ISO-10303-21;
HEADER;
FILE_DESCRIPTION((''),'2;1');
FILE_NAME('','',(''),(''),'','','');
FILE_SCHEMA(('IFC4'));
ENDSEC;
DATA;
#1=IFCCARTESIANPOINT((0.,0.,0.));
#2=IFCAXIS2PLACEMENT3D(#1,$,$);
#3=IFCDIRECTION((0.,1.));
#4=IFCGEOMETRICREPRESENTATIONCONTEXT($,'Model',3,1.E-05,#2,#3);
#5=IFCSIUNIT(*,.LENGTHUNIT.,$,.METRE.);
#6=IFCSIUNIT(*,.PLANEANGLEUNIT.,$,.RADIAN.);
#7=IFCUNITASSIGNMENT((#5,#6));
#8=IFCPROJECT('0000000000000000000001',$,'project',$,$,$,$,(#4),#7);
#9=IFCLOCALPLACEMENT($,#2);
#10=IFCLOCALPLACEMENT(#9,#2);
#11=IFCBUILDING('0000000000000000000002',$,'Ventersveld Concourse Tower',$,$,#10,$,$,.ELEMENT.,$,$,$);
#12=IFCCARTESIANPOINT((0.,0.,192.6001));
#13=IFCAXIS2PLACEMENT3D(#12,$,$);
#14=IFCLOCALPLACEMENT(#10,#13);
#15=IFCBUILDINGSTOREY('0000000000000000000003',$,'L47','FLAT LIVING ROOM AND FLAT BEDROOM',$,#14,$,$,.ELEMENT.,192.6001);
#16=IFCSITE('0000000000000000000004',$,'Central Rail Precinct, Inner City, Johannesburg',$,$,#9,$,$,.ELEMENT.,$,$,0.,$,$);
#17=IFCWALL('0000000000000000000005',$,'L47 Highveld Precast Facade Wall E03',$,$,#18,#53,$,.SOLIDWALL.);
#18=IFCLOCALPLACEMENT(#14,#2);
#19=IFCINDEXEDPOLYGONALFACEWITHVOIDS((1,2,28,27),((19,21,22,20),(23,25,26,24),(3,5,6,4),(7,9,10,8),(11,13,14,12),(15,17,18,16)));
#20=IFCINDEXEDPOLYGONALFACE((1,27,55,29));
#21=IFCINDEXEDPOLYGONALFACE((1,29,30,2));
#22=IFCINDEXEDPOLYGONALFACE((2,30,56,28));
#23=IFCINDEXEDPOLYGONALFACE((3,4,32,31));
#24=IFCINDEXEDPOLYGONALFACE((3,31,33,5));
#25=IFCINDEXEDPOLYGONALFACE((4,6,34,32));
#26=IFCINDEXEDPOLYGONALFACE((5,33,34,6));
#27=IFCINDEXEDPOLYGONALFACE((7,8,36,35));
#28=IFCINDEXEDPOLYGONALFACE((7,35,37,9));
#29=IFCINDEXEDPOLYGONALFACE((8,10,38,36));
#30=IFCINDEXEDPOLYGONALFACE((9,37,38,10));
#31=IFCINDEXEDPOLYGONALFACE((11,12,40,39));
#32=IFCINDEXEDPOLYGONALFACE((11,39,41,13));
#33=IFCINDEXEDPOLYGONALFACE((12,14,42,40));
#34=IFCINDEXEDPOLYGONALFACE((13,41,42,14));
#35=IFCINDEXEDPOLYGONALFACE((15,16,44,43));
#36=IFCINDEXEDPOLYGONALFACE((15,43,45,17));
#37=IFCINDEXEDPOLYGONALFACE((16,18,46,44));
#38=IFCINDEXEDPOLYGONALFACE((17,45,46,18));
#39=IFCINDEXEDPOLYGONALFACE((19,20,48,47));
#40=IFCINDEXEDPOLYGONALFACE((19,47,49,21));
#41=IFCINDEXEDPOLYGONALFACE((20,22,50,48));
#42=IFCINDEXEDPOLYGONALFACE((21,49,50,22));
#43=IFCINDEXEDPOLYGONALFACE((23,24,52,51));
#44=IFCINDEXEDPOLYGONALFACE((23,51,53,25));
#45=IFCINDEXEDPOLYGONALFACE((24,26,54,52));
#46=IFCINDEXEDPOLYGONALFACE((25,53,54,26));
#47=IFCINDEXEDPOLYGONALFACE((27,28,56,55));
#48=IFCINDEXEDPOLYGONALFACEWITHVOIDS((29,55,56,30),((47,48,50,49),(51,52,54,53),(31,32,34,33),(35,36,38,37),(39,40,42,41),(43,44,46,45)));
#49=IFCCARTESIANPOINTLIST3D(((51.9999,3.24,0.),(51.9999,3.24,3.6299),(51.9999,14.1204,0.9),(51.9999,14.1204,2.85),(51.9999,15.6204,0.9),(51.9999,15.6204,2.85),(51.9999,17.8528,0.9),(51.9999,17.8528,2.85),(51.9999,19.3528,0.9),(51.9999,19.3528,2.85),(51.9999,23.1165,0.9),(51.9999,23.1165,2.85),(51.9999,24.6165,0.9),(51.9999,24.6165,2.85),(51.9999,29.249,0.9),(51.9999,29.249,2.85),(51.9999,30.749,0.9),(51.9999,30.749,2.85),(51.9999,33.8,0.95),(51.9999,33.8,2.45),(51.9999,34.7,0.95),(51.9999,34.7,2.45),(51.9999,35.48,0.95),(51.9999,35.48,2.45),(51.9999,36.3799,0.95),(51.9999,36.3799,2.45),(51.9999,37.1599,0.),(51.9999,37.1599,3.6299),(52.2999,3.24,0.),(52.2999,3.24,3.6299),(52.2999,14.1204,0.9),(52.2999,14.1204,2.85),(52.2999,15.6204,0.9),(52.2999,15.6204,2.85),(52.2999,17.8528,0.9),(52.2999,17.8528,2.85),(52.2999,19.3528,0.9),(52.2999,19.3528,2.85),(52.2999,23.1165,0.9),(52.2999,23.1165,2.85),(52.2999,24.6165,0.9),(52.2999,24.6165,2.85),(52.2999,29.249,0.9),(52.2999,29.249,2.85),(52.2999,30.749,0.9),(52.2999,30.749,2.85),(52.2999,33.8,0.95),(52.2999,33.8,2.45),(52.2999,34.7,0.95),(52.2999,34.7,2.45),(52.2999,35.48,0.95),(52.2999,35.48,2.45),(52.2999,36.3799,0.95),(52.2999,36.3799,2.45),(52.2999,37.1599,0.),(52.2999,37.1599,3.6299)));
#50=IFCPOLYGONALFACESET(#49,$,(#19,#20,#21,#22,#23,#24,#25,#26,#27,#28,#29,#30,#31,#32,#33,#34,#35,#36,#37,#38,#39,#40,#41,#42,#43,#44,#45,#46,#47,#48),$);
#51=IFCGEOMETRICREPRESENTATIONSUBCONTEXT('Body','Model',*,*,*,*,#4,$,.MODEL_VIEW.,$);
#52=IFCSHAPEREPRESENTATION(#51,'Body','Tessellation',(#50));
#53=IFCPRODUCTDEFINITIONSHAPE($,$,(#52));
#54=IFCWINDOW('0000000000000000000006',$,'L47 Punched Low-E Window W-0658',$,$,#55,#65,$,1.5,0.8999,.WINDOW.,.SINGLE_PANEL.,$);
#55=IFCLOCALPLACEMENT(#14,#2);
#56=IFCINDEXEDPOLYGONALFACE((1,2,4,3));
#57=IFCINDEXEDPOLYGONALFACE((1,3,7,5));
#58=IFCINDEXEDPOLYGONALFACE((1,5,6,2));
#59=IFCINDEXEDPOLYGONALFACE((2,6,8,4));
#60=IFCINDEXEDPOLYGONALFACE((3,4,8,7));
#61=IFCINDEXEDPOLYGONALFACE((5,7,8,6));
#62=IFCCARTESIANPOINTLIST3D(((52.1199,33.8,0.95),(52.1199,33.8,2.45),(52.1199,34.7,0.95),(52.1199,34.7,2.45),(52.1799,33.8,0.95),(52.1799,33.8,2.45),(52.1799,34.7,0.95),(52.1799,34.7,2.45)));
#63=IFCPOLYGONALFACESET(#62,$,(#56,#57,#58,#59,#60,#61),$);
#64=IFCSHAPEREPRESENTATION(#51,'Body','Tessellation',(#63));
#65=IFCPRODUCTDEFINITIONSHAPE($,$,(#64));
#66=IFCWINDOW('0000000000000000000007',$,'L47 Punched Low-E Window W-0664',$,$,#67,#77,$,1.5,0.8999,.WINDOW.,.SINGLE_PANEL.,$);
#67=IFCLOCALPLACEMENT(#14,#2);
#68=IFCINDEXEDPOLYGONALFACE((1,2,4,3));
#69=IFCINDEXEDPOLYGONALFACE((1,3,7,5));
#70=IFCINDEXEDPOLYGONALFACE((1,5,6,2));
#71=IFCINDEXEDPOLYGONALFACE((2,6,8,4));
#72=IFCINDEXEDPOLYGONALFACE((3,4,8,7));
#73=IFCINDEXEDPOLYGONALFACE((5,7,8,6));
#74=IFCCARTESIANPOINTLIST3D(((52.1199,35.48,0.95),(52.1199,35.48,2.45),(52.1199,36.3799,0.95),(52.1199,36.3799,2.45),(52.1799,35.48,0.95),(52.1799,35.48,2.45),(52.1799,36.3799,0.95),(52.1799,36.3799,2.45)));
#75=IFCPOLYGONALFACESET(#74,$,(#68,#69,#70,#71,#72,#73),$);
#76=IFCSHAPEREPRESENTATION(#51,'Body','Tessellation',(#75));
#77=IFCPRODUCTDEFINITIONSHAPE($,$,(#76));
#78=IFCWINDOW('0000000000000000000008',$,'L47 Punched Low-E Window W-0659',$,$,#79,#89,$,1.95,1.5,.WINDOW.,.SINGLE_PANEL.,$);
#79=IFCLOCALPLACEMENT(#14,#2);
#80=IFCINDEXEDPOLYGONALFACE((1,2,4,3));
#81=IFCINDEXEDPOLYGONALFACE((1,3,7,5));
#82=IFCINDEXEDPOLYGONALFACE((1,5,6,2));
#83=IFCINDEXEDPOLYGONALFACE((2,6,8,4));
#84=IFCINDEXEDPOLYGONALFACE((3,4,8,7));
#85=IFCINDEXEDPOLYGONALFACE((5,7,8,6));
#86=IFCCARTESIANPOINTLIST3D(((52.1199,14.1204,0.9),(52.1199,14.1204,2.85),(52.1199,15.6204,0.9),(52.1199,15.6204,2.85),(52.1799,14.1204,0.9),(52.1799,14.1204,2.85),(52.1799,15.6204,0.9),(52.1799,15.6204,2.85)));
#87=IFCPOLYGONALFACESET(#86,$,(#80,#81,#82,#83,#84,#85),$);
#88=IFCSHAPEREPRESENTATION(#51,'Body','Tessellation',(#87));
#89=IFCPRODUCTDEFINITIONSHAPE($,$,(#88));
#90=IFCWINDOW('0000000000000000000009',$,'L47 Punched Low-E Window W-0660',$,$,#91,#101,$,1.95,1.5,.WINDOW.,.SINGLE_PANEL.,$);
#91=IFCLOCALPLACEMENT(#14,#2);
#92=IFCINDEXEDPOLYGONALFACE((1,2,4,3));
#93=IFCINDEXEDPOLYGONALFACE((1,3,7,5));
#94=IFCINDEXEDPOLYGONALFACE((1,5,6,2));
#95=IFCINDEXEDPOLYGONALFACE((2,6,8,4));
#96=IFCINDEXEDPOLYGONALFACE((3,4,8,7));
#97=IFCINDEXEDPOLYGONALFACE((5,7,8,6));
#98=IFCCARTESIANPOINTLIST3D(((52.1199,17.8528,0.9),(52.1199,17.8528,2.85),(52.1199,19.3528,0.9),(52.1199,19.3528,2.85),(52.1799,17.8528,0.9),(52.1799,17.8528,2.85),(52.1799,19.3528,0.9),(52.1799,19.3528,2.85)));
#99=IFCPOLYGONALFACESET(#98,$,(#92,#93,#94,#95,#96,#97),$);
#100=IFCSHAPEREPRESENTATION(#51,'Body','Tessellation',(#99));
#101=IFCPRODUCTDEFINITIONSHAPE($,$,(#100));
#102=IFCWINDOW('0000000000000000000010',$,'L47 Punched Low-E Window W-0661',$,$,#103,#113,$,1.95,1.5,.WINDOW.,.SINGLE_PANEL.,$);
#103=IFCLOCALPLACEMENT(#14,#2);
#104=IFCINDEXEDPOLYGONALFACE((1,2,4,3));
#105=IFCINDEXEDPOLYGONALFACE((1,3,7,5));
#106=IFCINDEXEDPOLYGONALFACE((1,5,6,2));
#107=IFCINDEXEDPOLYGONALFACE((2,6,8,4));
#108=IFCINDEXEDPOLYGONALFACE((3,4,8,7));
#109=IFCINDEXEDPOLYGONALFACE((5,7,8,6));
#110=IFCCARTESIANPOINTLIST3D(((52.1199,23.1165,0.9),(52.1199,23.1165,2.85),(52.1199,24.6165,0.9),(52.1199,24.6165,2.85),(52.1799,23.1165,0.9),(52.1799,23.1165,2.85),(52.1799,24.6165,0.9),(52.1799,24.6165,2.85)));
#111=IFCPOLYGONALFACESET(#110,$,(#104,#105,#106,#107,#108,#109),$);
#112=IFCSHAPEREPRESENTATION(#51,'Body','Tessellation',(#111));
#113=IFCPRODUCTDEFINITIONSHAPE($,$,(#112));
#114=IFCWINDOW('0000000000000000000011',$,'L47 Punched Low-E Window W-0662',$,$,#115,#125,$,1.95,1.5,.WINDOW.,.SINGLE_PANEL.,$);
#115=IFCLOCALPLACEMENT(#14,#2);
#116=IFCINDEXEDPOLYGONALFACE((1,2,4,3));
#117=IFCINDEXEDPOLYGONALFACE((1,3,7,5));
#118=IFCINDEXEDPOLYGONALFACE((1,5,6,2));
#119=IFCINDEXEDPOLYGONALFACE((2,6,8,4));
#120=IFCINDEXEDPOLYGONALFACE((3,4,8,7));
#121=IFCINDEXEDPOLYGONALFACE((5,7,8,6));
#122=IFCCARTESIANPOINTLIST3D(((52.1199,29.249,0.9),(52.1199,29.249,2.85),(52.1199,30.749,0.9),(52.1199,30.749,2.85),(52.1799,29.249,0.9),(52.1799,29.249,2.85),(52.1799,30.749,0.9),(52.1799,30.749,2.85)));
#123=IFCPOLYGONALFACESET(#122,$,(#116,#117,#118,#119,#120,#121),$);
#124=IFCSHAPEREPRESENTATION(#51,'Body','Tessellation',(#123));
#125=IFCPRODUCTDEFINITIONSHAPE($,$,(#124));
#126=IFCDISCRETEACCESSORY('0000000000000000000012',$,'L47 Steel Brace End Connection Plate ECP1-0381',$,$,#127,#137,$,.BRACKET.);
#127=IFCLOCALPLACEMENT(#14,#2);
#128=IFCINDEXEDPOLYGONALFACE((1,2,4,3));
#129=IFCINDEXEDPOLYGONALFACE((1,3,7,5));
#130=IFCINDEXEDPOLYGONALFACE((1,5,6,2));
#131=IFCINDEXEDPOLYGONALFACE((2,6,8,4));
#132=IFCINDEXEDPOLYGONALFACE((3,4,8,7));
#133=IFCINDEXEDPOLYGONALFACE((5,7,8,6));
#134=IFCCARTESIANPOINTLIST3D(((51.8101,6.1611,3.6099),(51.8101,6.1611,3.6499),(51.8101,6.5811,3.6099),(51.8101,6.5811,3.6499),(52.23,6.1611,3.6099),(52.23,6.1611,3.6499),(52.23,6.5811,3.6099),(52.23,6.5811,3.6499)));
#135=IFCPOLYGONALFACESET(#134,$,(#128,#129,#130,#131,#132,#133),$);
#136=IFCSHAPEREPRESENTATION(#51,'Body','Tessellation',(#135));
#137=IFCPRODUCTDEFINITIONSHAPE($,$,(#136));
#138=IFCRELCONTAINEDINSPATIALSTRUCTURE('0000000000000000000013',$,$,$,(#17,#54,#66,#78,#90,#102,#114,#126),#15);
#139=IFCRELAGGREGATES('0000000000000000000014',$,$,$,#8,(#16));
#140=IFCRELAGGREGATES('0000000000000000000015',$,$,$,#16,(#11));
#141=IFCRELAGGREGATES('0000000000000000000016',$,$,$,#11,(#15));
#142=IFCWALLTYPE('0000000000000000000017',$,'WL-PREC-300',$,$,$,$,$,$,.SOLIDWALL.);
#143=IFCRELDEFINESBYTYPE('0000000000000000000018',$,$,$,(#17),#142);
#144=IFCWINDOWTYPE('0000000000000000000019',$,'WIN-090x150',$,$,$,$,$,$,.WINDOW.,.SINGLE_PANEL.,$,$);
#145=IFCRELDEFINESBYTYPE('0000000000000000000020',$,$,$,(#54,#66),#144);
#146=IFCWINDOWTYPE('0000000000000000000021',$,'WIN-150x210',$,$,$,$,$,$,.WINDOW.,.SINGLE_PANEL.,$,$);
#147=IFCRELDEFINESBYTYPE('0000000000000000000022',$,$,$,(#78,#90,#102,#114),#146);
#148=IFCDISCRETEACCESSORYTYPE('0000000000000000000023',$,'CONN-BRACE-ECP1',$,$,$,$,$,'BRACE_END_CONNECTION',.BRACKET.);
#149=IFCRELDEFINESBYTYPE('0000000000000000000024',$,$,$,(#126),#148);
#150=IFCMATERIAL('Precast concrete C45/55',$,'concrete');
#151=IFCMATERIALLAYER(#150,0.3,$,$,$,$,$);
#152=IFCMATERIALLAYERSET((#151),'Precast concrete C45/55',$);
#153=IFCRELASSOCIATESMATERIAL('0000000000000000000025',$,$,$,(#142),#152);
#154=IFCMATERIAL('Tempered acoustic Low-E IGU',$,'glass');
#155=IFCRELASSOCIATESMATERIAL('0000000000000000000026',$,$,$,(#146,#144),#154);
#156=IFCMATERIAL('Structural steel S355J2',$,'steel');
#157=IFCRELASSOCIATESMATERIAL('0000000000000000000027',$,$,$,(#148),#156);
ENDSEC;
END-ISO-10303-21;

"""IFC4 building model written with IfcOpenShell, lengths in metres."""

from ifc_helpers import new_model, si_unit, direction, frame, frame_2d, origin, origin_2d, place, context, subcontext, project, spatial, rectangle, extrude, material, layer, layer_set, type_object, element, fill, save


model = new_model("IFC4")

# Units and contexts
model_context = context("Model", 3, precision=1e-05, world=origin(), true_north=direction((0.0, 1.0)))
body_context = subcontext(model_context, "Body", "Model", "MODEL_VIEW")
ifc_project = project(units=[si_unit("LENGTHUNIT", "METRE"), si_unit("PLANEANGLEUNIT", "RADIAN")], contexts=[model_context])

# Site, building, storey
site_placement = place(None, origin())
site = spatial("IfcSite", under=ifc_project, at=site_placement, Name="Central Rail Precinct, Inner City, Johannesburg", CompositionType="ELEMENT", RefElevation=0.0)
building_placement = place(site_placement, origin())
building = spatial("IfcBuilding", under=site, at=building_placement, Name="Ventersveld Concourse Tower", CompositionType="ELEMENT")
storey_placement = place(building_placement, frame((0.0, 0.0, 192.6001)))
storey = spatial("IfcBuildingStorey", under=building, at=storey_placement, Name="L47", Description="FLAT LIVING ROOM AND FLAT BEDROOM", CompositionType="ELEMENT", Elevation=192.6001)

# Shared definitions
ifc_material_1 = material(Name="Structural steel S355J2", Category="steel")

# Shared definitions
ifc_material_2 = material(Name="Precast concrete C45/55", Category="concrete")
ifc_layer_1 = layer(ifc_material_2, 0.3)
ifc_layer_set_1 = layer_set([ifc_layer_1], Name="Precast concrete C45/55")
wall_type_1 = type_object("IfcWallType", Name="WL-PREC-300", PredefinedType="SOLIDWALL", material=ifc_layer_set_1)
ifc_material_3 = material(Name="Tempered acoustic Low-E IGU", Category="glass")
window_type_1 = type_object("IfcWindowType", Name="WIN-150x210", PartitioningType="SINGLE_PANEL", PredefinedType="WINDOW", material=ifc_material_3)

# Wall, openings, windows
wall_1_placement = place(storey_placement, frame((52.1499, 3.24, 0.0), z_axis=(0.0, 0.0, 1.0), x_axis=(0.0, 1.0, 0.0)))
wall_1 = element("IfcWall", 1, at=wall_1_placement, inside=storey, type_object=wall_type_1, Name="L47 Highveld Precast Facade Wall E03", PredefinedType="SOLIDWALL", context=body_context, shape_type="SweptSolid", body=[
    extrude(rectangle(XDim=33.9199, YDim=0.3, at=frame_2d((16.96, 0.0))), origin(), (0.0, 0.0, 1.0), 3.6299),
])
opening_1_placement = place(wall_1_placement, frame((30.5601, 0.0, 0.95)))
opening_1 = element("IfcOpeningElement", 2, at=opening_1_placement, cuts=wall_1, PredefinedType="OPENING", context=body_context, shape_type="SweptSolid", body=[
    extrude(rectangle(XDim=0.8999, YDim=1.5, at=frame_2d((0.45, 0.75))), frame((0.0, 0.1602, 0.0), z_axis=(0.0, -1.0, 0.0), x_axis=(1.0, 0.0, 0.0)), (0.0, 0.0, 1.0), 0.3201),
])
opening_2_placement = place(wall_1_placement, frame((10.8804, 0.0, 0.8999)))
opening_2 = element("IfcOpeningElement", 3, at=opening_2_placement, cuts=wall_1, PredefinedType="OPENING", context=body_context, shape_type="SweptSolid", body=[
    extrude(rectangle(XDim=1.5, YDim=1.95, at=frame_2d((0.75, 0.9751))), frame((0.0, 0.1602, 0.0), z_axis=(0.0, -1.0, 0.0), x_axis=(1.0, 0.0, 0.0)), (0.0, 0.0, 1.0), 0.3201),
])
opening_3_placement = place(wall_1_placement, frame((14.6128, 0.0, 0.8999)))
opening_3 = element("IfcOpeningElement", 4, at=opening_3_placement, cuts=wall_1, PredefinedType="OPENING", context=body_context, shape_type="SweptSolid", body=[
    extrude(rectangle(XDim=1.5, YDim=1.95, at=frame_2d((0.75, 0.9751))), frame((0.0, 0.1602, 0.0), z_axis=(0.0, -1.0, 0.0), x_axis=(1.0, 0.0, 0.0)), (0.0, 0.0, 1.0), 0.3201),
])
opening_4_placement = place(wall_1_placement, frame((19.8765, 0.0, 0.8999)))
opening_4 = element("IfcOpeningElement", 5, at=opening_4_placement, cuts=wall_1, PredefinedType="OPENING", context=body_context, shape_type="SweptSolid", body=[
    extrude(rectangle(XDim=1.5, YDim=1.95, at=frame_2d((0.75, 0.9751))), frame((0.0, 0.1602, 0.0), z_axis=(0.0, -1.0, 0.0), x_axis=(1.0, 0.0, 0.0)), (0.0, 0.0, 1.0), 0.3201),
])
opening_5_placement = place(wall_1_placement, frame((26.009, 0.0, 0.8999)))
opening_5 = element("IfcOpeningElement", 6, at=opening_5_placement, cuts=wall_1, PredefinedType="OPENING", context=body_context, shape_type="SweptSolid", body=[
    extrude(rectangle(XDim=1.5, YDim=1.95, at=frame_2d((0.75, 0.9751))), frame((0.0, 0.1602, 0.0), z_axis=(0.0, -1.0, 0.0), x_axis=(1.0, 0.0, 0.0)), (0.0, 0.0, 1.0), 0.3201),
])
opening_6_placement = place(wall_1_placement, frame((32.24, 0.0, 0.95)))
opening_6 = element("IfcOpeningElement", 7, at=opening_6_placement, cuts=wall_1, PredefinedType="OPENING", context=body_context, shape_type="SweptSolid", body=[
    extrude(rectangle(XDim=0.8999, YDim=1.5, at=frame_2d((0.45, 0.75))), frame((0.0, 0.1602, 0.0), z_axis=(0.0, -1.0, 0.0), x_axis=(1.0, 0.0, 0.0)), (0.0, 0.0, 1.0), 0.3201),
])
window_type_2 = type_object("IfcWindowType", Name="WIN-090x150", PartitioningType="SINGLE_PANEL", PredefinedType="WINDOW", material=ifc_material_3)
window_1_placement = place(opening_1_placement, origin())
window_1 = element("IfcWindow", 8, at=window_1_placement, inside=storey, type_object=window_type_2, Name="L47 Punched Low-E Window W-0658", OverallHeight=1.5, OverallWidth=0.8999, PartitioningType="SINGLE_PANEL", PredefinedType="WINDOW", context=body_context, shape_type="SweptSolid", body=[
    extrude(rectangle(XDim=0.8999, YDim=1.5, at=frame_2d((0.45, 0.75))), frame((0.0, 0.03, 0.0), z_axis=(0.0, -1.0, 0.0), x_axis=(1.0, 0.0, 0.0)), (0.0, 0.0, 1.0), 0.0601),
])
fill(opening_1, window_1)
window_2_placement = place(opening_6_placement, origin())
window_2 = element("IfcWindow", 9, at=window_2_placement, inside=storey, type_object=window_type_2, Name="L47 Punched Low-E Window W-0664", OverallHeight=1.5, OverallWidth=0.8999, PartitioningType="SINGLE_PANEL", PredefinedType="WINDOW", context=body_context, shape_type="SweptSolid", body=[
    extrude(rectangle(XDim=0.8999, YDim=1.5, at=frame_2d((0.45, 0.75))), frame((0.0, 0.03, 0.0), z_axis=(0.0, -1.0, 0.0), x_axis=(1.0, 0.0, 0.0)), (0.0, 0.0, 1.0), 0.0601),
])
fill(opening_6, window_2)
window_3_placement = place(opening_2_placement, origin())
window_3 = element("IfcWindow", 10, at=window_3_placement, inside=storey, type_object=window_type_1, Name="L47 Punched Low-E Window W-0659", OverallHeight=1.95, OverallWidth=1.5, PartitioningType="SINGLE_PANEL", PredefinedType="WINDOW", context=body_context, shape_type="SweptSolid", body=[
    extrude(rectangle(XDim=1.5, YDim=1.95, at=frame_2d((0.75, 0.9751))), frame((0.0, 0.03, 0.0), z_axis=(0.0, -1.0, 0.0), x_axis=(1.0, 0.0, 0.0)), (0.0, 0.0, 1.0), 0.0601),
])
fill(opening_2, window_3)
window_4_placement = place(opening_3_placement, origin())
window_4 = element("IfcWindow", 11, at=window_4_placement, inside=storey, type_object=window_type_1, Name="L47 Punched Low-E Window W-0660", OverallHeight=1.95, OverallWidth=1.5, PartitioningType="SINGLE_PANEL", PredefinedType="WINDOW", context=body_context, shape_type="SweptSolid", body=[
    extrude(rectangle(XDim=1.5, YDim=1.95, at=frame_2d((0.75, 0.9751))), frame((0.0, 0.03, 0.0), z_axis=(0.0, -1.0, 0.0), x_axis=(1.0, 0.0, 0.0)), (0.0, 0.0, 1.0), 0.0601),
])
fill(opening_3, window_4)
window_5_placement = place(opening_4_placement, origin())
window_5 = element("IfcWindow", 12, at=window_5_placement, inside=storey, type_object=window_type_1, Name="L47 Punched Low-E Window W-0661", OverallHeight=1.95, OverallWidth=1.5, PartitioningType="SINGLE_PANEL", PredefinedType="WINDOW", context=body_context, shape_type="SweptSolid", body=[
    extrude(rectangle(XDim=1.5, YDim=1.95, at=frame_2d((0.75, 0.9751))), frame((0.0, 0.03, 0.0), z_axis=(0.0, -1.0, 0.0), x_axis=(1.0, 0.0, 0.0)), (0.0, 0.0, 1.0), 0.0601),
])
fill(opening_4, window_5)
window_6_placement = place(opening_5_placement, origin())
window_6 = element("IfcWindow", 13, at=window_6_placement, inside=storey, type_object=window_type_1, Name="L47 Punched Low-E Window W-0662", OverallHeight=1.95, OverallWidth=1.5, PartitioningType="SINGLE_PANEL", PredefinedType="WINDOW", context=body_context, shape_type="SweptSolid", body=[
    extrude(rectangle(XDim=1.5, YDim=1.95, at=frame_2d((0.75, 0.9751))), frame((0.0, 0.03, 0.0), z_axis=(0.0, -1.0, 0.0), x_axis=(1.0, 0.0, 0.0)), (0.0, 0.0, 1.0), 0.0601),
])
fill(opening_5, window_6)

# Discrete accessory
discrete_accessory_type = type_object("IfcDiscreteAccessoryType", Name="CONN-BRACE-ECP1", ElementType="BRACE_END_CONNECTION", PredefinedType="BRACKET", material=ifc_material_1)
discrete_accessory_placement = place(storey_placement, frame((52.02, 6.3711, 3.6099), z_axis=(0.0, 0.0, 1.0), x_axis=(1.0, 0.0, 0.0)))
element("IfcDiscreteAccessory", 14, at=discrete_accessory_placement, inside=storey, type_object=discrete_accessory_type, Name="L47 Steel Brace End Connection Plate ECP1-0381", PredefinedType="BRACKET", context=body_context, shape_type="SweptSolid", body=[
    extrude(rectangle(XDim=0.4199, YDim=0.4199, at=origin_2d()), origin(), (0.0, 0.0, 1.0), 0.04),
])

save(model, "model.ifc")
